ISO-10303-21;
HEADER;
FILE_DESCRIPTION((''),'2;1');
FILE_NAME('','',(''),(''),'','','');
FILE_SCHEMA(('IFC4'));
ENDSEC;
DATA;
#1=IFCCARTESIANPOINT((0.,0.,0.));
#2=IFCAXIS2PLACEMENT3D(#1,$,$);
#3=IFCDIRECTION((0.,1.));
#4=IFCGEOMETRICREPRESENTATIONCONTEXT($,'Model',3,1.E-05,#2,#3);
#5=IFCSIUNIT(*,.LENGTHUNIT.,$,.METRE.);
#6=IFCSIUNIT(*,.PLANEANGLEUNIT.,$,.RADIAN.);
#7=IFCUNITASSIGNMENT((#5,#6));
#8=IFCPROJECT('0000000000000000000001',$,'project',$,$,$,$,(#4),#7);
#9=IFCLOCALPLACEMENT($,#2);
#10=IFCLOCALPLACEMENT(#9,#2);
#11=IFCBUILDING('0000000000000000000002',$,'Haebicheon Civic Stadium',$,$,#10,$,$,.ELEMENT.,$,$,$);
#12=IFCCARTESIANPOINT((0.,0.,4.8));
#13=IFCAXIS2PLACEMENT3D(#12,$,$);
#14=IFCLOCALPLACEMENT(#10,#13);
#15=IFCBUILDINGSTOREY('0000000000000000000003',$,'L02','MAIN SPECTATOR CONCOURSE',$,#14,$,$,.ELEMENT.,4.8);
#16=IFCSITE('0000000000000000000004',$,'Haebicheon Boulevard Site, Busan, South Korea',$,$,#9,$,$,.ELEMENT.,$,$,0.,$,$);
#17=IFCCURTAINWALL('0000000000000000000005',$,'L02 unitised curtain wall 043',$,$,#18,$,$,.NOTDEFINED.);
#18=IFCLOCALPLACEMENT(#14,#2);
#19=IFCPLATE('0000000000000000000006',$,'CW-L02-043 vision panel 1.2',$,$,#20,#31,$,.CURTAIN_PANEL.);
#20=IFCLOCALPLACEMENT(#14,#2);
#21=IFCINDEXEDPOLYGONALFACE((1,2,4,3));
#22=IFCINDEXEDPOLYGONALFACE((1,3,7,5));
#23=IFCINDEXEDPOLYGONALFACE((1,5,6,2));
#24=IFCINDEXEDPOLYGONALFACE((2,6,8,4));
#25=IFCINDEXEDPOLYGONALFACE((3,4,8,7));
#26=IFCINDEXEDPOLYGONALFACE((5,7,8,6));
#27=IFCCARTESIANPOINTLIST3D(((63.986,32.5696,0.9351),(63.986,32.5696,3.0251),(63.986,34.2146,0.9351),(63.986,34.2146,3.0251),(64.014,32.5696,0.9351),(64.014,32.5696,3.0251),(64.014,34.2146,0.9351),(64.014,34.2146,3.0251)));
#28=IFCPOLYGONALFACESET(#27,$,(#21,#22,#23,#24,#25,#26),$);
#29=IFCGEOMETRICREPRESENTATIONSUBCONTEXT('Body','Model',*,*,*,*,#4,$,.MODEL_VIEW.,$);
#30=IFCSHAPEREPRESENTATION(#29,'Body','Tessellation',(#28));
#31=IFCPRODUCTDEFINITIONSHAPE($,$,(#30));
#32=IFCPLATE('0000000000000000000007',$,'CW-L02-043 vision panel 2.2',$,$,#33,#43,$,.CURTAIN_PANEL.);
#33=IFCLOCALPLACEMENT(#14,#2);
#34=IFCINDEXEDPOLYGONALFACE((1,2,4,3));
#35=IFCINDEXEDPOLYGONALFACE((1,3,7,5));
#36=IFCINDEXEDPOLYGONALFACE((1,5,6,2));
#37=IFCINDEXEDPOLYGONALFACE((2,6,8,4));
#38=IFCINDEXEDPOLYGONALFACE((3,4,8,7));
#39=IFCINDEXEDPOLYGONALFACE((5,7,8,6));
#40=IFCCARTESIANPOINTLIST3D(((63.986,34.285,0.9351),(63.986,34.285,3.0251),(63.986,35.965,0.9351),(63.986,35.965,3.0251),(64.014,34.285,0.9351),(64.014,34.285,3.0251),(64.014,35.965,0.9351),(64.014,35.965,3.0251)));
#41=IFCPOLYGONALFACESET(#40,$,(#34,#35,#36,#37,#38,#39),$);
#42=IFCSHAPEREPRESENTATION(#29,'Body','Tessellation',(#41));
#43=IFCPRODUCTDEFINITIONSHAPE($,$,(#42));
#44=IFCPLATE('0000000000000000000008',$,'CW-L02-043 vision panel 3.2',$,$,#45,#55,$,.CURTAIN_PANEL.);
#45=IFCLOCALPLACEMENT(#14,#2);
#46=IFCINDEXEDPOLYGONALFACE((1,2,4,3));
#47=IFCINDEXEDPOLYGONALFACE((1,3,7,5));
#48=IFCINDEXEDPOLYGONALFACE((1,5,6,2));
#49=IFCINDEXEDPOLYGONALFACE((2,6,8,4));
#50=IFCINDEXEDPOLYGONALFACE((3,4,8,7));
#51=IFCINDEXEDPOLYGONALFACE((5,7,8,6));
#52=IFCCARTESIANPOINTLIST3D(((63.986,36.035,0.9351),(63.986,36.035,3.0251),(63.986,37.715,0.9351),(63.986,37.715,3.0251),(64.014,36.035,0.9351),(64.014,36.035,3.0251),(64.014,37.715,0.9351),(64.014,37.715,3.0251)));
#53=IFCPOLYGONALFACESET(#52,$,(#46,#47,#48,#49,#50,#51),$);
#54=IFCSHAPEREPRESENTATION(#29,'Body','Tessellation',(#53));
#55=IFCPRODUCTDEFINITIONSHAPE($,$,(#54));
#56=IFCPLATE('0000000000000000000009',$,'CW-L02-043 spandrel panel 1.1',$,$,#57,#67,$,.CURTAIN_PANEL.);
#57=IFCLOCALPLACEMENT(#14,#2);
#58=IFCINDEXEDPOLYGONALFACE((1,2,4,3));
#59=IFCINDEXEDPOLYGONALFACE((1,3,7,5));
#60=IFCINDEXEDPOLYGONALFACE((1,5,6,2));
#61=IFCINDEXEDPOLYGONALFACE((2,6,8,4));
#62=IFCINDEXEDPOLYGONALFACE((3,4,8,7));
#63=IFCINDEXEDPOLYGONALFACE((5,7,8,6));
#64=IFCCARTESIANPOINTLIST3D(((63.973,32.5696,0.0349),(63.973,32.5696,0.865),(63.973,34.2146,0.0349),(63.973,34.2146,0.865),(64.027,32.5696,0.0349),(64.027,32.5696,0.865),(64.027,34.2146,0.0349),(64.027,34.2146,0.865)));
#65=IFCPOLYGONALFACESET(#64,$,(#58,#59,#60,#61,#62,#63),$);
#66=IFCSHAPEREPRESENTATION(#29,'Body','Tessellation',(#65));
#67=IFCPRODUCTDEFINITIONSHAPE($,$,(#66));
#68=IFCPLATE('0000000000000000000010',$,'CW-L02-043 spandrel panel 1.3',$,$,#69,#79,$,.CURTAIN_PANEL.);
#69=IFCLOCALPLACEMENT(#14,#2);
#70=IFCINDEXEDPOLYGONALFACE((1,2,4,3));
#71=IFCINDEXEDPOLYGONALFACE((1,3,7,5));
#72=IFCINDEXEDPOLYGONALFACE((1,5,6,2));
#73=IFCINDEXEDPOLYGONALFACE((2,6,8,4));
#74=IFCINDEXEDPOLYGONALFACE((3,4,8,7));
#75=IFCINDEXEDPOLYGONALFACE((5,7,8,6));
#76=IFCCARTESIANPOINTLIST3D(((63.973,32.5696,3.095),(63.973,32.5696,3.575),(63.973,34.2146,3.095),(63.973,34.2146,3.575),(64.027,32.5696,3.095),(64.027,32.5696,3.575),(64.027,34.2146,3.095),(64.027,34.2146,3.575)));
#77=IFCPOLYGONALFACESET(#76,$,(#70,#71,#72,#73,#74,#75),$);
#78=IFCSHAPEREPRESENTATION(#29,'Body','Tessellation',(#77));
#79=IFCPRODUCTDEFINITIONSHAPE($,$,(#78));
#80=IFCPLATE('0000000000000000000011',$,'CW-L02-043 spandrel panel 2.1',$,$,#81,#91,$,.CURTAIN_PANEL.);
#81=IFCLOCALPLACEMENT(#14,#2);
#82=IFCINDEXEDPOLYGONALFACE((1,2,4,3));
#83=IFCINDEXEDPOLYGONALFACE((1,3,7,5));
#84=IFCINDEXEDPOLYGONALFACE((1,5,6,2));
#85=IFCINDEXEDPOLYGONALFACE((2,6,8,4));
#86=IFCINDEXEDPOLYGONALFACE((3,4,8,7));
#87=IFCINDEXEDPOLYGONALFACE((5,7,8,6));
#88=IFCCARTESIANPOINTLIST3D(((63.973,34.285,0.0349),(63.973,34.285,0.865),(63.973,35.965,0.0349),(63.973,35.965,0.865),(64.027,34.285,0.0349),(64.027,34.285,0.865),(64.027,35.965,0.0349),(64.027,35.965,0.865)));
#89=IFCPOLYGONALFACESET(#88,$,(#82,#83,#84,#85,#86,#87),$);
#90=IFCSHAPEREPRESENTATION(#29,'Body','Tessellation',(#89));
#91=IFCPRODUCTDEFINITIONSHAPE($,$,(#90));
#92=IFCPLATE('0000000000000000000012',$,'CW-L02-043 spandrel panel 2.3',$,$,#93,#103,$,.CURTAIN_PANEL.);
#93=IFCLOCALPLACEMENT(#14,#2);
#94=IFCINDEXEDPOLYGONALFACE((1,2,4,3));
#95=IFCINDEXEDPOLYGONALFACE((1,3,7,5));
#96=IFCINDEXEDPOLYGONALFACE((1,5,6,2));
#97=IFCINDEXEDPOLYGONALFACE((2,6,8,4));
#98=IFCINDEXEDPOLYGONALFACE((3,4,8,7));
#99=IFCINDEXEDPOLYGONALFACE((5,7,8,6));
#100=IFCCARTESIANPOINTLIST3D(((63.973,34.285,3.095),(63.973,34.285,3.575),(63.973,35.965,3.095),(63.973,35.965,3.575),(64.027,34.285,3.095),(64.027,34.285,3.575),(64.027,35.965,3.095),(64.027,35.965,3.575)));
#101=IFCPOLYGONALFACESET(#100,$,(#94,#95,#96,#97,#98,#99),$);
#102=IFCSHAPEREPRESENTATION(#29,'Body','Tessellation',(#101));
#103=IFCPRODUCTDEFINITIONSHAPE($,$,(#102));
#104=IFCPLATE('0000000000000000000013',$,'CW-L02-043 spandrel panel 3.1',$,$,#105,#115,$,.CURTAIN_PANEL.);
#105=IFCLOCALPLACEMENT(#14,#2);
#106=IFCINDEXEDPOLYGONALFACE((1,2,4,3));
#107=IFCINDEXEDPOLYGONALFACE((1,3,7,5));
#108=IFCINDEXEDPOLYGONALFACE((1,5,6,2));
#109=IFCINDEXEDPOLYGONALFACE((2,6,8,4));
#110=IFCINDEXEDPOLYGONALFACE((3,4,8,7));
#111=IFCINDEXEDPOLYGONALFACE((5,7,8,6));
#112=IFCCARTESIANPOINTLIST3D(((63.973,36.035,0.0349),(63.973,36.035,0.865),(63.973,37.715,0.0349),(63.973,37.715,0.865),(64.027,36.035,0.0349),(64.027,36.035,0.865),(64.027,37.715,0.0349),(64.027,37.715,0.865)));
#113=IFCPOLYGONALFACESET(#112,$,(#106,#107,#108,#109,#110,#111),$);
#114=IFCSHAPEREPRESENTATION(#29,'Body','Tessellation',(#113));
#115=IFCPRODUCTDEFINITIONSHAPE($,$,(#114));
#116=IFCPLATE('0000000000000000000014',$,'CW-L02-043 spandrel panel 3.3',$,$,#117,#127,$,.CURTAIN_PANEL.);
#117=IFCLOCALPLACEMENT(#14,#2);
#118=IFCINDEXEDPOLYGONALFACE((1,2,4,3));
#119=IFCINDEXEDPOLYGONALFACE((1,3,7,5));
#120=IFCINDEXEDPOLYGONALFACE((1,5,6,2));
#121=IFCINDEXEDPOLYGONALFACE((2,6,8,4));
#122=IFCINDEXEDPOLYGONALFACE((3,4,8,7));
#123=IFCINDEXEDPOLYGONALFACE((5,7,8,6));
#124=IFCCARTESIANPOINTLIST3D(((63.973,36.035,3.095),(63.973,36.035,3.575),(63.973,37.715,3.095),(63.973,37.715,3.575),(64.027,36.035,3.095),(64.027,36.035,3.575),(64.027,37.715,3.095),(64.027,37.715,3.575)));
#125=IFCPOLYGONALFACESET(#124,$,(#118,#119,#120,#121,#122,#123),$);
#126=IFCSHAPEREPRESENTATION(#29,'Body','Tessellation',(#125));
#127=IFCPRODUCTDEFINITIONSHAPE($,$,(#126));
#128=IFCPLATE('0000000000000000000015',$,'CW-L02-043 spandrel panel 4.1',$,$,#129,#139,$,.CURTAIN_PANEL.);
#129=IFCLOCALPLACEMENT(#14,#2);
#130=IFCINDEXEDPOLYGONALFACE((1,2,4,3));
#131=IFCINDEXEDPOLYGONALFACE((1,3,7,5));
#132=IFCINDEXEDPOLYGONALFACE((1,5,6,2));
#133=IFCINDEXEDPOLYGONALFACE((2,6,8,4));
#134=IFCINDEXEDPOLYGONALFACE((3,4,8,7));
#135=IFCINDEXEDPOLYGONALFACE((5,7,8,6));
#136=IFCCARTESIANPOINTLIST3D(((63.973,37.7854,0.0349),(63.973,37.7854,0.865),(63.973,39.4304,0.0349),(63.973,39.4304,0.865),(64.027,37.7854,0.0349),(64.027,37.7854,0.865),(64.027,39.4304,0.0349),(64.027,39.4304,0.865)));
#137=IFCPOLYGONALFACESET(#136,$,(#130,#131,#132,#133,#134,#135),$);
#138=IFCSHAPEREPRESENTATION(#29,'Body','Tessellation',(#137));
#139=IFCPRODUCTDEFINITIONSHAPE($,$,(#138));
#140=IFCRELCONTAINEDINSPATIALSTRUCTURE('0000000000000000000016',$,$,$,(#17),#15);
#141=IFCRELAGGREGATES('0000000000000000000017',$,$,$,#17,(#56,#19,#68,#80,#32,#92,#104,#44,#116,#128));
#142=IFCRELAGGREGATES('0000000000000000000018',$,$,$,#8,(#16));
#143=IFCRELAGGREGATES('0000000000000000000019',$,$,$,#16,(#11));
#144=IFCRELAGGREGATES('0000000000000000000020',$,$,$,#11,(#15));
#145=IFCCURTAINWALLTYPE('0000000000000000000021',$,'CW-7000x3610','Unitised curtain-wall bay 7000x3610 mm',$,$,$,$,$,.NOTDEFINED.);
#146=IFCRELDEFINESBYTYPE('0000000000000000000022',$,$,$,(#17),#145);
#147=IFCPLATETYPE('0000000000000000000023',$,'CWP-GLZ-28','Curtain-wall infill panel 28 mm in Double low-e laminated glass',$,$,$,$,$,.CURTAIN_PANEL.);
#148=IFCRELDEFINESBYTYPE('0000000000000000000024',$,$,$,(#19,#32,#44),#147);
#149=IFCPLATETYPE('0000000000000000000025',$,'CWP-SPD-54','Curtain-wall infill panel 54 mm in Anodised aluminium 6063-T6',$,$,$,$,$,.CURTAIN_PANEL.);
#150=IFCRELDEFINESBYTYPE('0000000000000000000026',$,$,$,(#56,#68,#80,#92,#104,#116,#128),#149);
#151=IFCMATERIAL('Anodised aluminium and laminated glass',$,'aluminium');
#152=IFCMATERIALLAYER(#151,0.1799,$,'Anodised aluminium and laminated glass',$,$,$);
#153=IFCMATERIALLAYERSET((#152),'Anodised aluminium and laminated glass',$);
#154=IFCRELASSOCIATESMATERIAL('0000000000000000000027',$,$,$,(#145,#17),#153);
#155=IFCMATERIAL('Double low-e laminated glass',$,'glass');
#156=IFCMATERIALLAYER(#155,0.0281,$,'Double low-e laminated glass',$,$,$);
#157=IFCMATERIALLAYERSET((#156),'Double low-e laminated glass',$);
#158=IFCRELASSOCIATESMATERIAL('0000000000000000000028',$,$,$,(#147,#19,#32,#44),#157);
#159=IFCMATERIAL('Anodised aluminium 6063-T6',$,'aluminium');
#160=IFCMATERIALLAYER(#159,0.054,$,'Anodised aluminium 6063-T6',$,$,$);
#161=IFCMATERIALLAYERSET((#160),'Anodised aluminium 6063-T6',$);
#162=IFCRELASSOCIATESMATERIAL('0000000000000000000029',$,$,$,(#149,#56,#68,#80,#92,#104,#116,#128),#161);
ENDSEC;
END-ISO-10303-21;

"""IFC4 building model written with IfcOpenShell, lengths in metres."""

from ifc_helpers import new_model, si_unit, direction, frame, origin, origin_2d, place, context, subcontext, project, spatial, rectangle, extrude, material, layer, layer_set, type_object, element, aggregate, save


model = new_model("IFC4")

# Units and contexts
model_context = context("Model", 3, precision=1e-05, world=origin(), true_north=direction((0.0, 1.0)))
body_context = subcontext(model_context, "Body", "Model", "MODEL_VIEW")
ifc_project = project(units=[si_unit("LENGTHUNIT", "METRE"), si_unit("PLANEANGLEUNIT", "RADIAN")], contexts=[model_context])

# Site, building, storey
site_placement = place(None, origin())
site = spatial("IfcSite", under=ifc_project, at=site_placement, Name="Haebicheon Boulevard Site, Busan, South Korea", CompositionType="ELEMENT", RefElevation=0.0)
building_placement = place(site_placement, origin())
building = spatial("IfcBuilding", under=site, at=building_placement, Name="Haebicheon Civic Stadium", CompositionType="ELEMENT")
storey_placement = place(building_placement, frame((0.0, 0.0, 4.8)))
storey = spatial("IfcBuildingStorey", under=building, at=storey_placement, Name="L02", Description="MAIN SPECTATOR CONCOURSE", CompositionType="ELEMENT", Elevation=4.8)

# Curtain wall
ifc_material_1 = material(Name="Anodised aluminium and laminated glass", Category="aluminium")
ifc_layer_1 = layer(ifc_material_1, 0.1799, Name="Anodised aluminium and laminated glass")
ifc_layer_set_1 = layer_set([ifc_layer_1], Name="Anodised aluminium and laminated glass")
curtain_wall_type = type_object("IfcCurtainWallType", Name="CW-7000x3610", Description="Unitised curtain-wall bay 7000x3610 mm", PredefinedType="NOTDEFINED", material=ifc_layer_set_1)
curtain_wall_placement = place(storey_placement, origin())
curtain_wall = element("IfcCurtainWall", 1, at=curtain_wall_placement, inside=storey, type_object=curtain_wall_type, material=ifc_layer_set_1, Name="L02 unitised curtain wall 043", PredefinedType="NOTDEFINED")

# Plates
ifc_material_2 = material(Name="Double low-e laminated glass", Category="glass")
ifc_layer_2 = layer(ifc_material_2, 0.0281, Name="Double low-e laminated glass")
ifc_layer_set_2 = layer_set([ifc_layer_2], Name="Double low-e laminated glass")
plate_type_1 = type_object("IfcPlateType", Name="CWP-GLZ-28", Description="Curtain-wall infill panel 28 mm in Double low-e laminated glass", PredefinedType="CURTAIN_PANEL", material=ifc_layer_set_2)
plate_1_placement = place(storey_placement, frame((64.0, 33.3921, 0.9351), z_axis=(0.0, 0.0, 1.0), x_axis=(0.0, 1.0, 0.0)))
plate_1 = element("IfcPlate", 2, at=plate_1_placement, type_object=plate_type_1, material=ifc_layer_set_2, Name="CW-L02-043 vision panel 1.2", PredefinedType="CURTAIN_PANEL", context=body_context, shape_type="SweptSolid", body=[
    extrude(rectangle(XDim=1.645, YDim=0.0281, at=origin_2d()), origin(), (0.0, 0.0, 1.0), 2.0901),
])
plate_2_placement = place(storey_placement, frame((64.0, 35.125, 0.9351), z_axis=(0.0, 0.0, 1.0), x_axis=(0.0, 1.0, 0.0)))
plate_2 = element("IfcPlate", 3, at=plate_2_placement, type_object=plate_type_1, material=ifc_layer_set_2, Name="CW-L02-043 vision panel 2.2", PredefinedType="CURTAIN_PANEL", context=body_context, shape_type="SweptSolid", body=[
    extrude(rectangle(XDim=1.6799, YDim=0.0281, at=origin_2d()), origin(), (0.0, 0.0, 1.0), 2.0901),
])
plate_3_placement = place(storey_placement, frame((64.0, 36.875, 0.9351), z_axis=(0.0, 0.0, 1.0), x_axis=(0.0, 1.0, 0.0)))
plate_3 = element("IfcPlate", 4, at=plate_3_placement, type_object=plate_type_1, material=ifc_layer_set_2, Name="CW-L02-043 vision panel 3.2", PredefinedType="CURTAIN_PANEL", context=body_context, shape_type="SweptSolid", body=[
    extrude(rectangle(XDim=1.6799, YDim=0.0281, at=origin_2d()), origin(), (0.0, 0.0, 1.0), 2.0901),
])
ifc_material_3 = material(Name="Anodised aluminium 6063-T6", Category="aluminium")
ifc_layer_3 = layer(ifc_material_3, 0.054, Name="Anodised aluminium 6063-T6")
ifc_layer_set_3 = layer_set([ifc_layer_3], Name="Anodised aluminium 6063-T6")
plate_type_2 = type_object("IfcPlateType", Name="CWP-SPD-54", Description="Curtain-wall infill panel 54 mm in Anodised aluminium 6063-T6", PredefinedType="CURTAIN_PANEL", material=ifc_layer_set_3)
plate_4_placement = place(storey_placement, frame((64.0, 33.3921, 0.0349), z_axis=(0.0, 0.0, 1.0), x_axis=(0.0, 1.0, 0.0)))
plate_4 = element("IfcPlate", 5, at=plate_4_placement, type_object=plate_type_2, material=ifc_layer_set_3, Name="CW-L02-043 spandrel panel 1.1", PredefinedType="CURTAIN_PANEL", context=body_context, shape_type="SweptSolid", body=[
    extrude(rectangle(XDim=1.645, YDim=0.054, at=origin_2d()), origin(), (0.0, 0.0, 1.0), 0.8301),
])
plate_5_placement = place(storey_placement, frame((64.0, 33.3921, 3.095), z_axis=(0.0, 0.0, 1.0), x_axis=(0.0, 1.0, 0.0)))
plate_5 = element("IfcPlate", 6, at=plate_5_placement, type_object=plate_type_2, material=ifc_layer_set_3, Name="CW-L02-043 spandrel panel 1.3", PredefinedType="CURTAIN_PANEL", context=body_context, shape_type="SweptSolid", body=[
    extrude(rectangle(XDim=1.645, YDim=0.054, at=origin_2d()), origin(), (0.0, 0.0, 1.0), 0.48),
])
plate_6_placement = place(storey_placement, frame((64.0, 35.125, 0.0349), z_axis=(0.0, 0.0, 1.0), x_axis=(0.0, 1.0, 0.0)))
plate_6 = element("IfcPlate", 7, at=plate_6_placement, type_object=plate_type_2, material=ifc_layer_set_3, Name="CW-L02-043 spandrel panel 2.1", PredefinedType="CURTAIN_PANEL", context=body_context, shape_type="SweptSolid", body=[
    extrude(rectangle(XDim=1.6799, YDim=0.054, at=origin_2d()), origin(), (0.0, 0.0, 1.0), 0.8301),
])
plate_7_placement = place(storey_placement, frame((64.0, 35.125, 3.095), z_axis=(0.0, 0.0, 1.0), x_axis=(0.0, 1.0, 0.0)))
plate_7 = element("IfcPlate", 8, at=plate_7_placement, type_object=plate_type_2, material=ifc_layer_set_3, Name="CW-L02-043 spandrel panel 2.3", PredefinedType="CURTAIN_PANEL", context=body_context, shape_type="SweptSolid", body=[
    extrude(rectangle(XDim=1.6799, YDim=0.054, at=origin_2d()), origin(), (0.0, 0.0, 1.0), 0.48),
])
plate_8_placement = place(storey_placement, frame((64.0, 36.875, 0.0349), z_axis=(0.0, 0.0, 1.0), x_axis=(0.0, 1.0, 0.0)))
plate_8 = element("IfcPlate", 9, at=plate_8_placement, type_object=plate_type_2, material=ifc_layer_set_3, Name="CW-L02-043 spandrel panel 3.1", PredefinedType="CURTAIN_PANEL", context=body_context, shape_type="SweptSolid", body=[
    extrude(rectangle(XDim=1.6799, YDim=0.054, at=origin_2d()), origin(), (0.0, 0.0, 1.0), 0.8301),
])
plate_9_placement = place(storey_placement, frame((64.0, 36.875, 3.095), z_axis=(0.0, 0.0, 1.0), x_axis=(0.0, 1.0, 0.0)))
plate_9 = element("IfcPlate", 10, at=plate_9_placement, type_object=plate_type_2, material=ifc_layer_set_3, Name="CW-L02-043 spandrel panel 3.3", PredefinedType="CURTAIN_PANEL", context=body_context, shape_type="SweptSolid", body=[
    extrude(rectangle(XDim=1.6799, YDim=0.054, at=origin_2d()), origin(), (0.0, 0.0, 1.0), 0.48),
])
plate_10_placement = place(storey_placement, frame((64.0, 38.6079, 0.0349), z_axis=(0.0, 0.0, 1.0), x_axis=(0.0, 1.0, 0.0)))
plate_10 = element("IfcPlate", 11, at=plate_10_placement, type_object=plate_type_2, material=ifc_layer_set_3, Name="CW-L02-043 spandrel panel 4.1", PredefinedType="CURTAIN_PANEL", context=body_context, shape_type="SweptSolid", body=[
    extrude(rectangle(XDim=1.645, YDim=0.054, at=origin_2d()), origin(), (0.0, 0.0, 1.0), 0.8301),
])
aggregate(curtain_wall, [plate_4, plate_1, plate_5, plate_6, plate_2, plate_7, plate_8, plate_3, plate_9, plate_10])

save(model, "model.ifc")
